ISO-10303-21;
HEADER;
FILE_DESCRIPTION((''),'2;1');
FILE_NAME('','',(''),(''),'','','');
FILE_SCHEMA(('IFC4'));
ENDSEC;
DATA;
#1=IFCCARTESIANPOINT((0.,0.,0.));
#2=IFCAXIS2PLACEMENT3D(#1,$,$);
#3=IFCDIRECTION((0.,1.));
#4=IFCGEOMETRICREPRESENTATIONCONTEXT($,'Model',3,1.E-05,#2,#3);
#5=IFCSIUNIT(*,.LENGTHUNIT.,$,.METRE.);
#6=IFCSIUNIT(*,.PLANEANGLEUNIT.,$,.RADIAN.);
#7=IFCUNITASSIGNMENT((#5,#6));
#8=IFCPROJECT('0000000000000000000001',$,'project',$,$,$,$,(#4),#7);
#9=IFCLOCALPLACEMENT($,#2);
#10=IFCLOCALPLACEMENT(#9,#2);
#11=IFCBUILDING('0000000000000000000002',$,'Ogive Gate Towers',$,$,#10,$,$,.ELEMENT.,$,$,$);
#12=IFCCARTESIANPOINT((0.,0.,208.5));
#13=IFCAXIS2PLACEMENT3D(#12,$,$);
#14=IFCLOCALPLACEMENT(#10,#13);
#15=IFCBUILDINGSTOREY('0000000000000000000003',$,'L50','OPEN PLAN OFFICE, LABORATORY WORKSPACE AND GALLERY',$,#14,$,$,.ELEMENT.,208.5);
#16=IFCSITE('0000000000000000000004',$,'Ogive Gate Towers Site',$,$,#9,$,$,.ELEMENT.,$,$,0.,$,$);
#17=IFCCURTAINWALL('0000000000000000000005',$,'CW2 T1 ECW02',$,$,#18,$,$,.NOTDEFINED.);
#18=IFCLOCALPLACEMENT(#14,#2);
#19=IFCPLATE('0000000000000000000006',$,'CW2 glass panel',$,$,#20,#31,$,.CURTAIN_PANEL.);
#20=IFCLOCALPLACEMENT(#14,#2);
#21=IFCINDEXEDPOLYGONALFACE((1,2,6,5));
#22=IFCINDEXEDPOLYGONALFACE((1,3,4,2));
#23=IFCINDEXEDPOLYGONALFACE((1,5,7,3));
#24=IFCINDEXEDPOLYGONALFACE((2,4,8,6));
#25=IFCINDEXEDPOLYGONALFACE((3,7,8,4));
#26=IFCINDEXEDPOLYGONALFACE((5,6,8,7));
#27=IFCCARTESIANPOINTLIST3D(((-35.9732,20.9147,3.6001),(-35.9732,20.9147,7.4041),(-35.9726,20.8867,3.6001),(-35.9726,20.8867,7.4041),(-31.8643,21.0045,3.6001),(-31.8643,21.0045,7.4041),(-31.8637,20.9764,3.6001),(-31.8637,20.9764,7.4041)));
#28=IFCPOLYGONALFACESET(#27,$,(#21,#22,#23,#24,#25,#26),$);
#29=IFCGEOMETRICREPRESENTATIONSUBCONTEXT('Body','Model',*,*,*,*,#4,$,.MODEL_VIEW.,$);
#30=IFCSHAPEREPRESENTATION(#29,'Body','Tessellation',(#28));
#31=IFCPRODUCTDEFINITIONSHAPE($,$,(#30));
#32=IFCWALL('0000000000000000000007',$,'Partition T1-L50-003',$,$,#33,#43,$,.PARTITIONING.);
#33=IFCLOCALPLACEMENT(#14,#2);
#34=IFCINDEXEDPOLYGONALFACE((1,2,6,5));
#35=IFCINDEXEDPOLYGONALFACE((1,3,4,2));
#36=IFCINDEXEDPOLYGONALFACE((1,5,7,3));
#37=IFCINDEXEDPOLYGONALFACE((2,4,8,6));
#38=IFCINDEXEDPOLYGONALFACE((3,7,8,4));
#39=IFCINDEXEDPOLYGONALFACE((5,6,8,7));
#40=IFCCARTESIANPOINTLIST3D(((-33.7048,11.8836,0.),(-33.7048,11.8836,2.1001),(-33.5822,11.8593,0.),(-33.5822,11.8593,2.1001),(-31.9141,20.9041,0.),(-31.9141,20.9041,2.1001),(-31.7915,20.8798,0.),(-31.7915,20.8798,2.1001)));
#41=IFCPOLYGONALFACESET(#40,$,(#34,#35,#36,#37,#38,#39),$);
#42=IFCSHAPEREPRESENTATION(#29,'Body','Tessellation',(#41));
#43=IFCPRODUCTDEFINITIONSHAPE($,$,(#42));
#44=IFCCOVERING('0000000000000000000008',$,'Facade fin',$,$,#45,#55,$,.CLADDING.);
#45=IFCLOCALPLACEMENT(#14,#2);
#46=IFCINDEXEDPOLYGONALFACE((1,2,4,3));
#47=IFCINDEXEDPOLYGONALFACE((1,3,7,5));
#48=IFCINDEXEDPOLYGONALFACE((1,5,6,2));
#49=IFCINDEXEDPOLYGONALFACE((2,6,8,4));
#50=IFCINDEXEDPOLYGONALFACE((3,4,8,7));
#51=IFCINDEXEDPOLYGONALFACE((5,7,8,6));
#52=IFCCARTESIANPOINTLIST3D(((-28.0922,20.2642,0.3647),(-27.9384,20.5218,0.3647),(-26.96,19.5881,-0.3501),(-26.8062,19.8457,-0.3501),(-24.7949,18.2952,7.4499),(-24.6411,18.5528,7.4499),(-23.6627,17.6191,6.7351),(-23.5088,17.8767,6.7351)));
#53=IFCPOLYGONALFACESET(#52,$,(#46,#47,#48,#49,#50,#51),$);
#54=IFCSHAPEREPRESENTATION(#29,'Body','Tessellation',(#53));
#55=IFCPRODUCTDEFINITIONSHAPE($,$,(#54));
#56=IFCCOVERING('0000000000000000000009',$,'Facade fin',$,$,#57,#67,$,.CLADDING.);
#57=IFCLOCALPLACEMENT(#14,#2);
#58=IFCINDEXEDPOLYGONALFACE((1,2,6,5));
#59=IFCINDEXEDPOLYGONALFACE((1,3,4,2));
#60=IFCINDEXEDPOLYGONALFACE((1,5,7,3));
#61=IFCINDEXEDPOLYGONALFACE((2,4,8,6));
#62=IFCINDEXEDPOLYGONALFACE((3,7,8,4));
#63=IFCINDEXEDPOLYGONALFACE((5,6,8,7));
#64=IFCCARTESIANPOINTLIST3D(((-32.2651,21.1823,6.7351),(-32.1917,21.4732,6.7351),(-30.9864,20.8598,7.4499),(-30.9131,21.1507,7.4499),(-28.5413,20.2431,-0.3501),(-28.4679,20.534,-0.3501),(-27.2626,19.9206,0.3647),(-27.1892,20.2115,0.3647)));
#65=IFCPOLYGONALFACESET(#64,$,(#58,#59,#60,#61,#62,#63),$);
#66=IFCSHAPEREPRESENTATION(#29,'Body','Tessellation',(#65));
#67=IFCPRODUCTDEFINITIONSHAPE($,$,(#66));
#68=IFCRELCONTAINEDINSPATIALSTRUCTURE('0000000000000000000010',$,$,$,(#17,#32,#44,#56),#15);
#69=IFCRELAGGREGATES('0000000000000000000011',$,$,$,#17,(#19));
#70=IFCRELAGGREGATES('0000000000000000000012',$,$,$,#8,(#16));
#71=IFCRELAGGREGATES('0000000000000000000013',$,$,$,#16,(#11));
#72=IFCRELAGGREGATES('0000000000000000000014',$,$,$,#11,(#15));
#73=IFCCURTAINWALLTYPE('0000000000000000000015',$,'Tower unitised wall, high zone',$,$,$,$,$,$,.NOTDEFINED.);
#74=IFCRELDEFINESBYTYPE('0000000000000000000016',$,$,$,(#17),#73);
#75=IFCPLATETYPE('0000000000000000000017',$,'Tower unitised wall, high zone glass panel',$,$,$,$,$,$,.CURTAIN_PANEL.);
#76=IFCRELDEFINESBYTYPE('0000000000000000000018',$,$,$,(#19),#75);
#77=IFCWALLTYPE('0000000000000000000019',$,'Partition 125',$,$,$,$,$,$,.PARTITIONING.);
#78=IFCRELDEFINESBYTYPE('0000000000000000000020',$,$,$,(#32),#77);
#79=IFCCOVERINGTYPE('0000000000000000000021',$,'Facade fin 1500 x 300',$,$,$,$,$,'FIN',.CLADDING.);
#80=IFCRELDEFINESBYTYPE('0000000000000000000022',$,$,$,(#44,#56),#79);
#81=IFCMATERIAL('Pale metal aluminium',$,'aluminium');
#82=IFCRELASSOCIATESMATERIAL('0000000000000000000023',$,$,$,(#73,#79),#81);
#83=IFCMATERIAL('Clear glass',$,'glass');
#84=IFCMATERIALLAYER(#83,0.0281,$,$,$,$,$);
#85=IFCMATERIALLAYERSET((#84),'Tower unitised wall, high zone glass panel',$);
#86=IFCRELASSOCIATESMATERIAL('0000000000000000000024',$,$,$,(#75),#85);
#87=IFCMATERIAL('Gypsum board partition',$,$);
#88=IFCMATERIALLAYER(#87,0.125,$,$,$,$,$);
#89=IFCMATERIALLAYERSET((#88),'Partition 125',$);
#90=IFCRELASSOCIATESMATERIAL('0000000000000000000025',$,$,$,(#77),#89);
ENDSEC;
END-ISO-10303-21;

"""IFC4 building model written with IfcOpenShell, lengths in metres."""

from ifc_helpers import new_model, si_unit, direction, frame, frame_2d, origin, origin_2d, place, context, subcontext, project, spatial, rectangle, extrude, material, layer, layer_set, material_profile, profile_set, type_object, element, aggregate, save


model = new_model("IFC4")

# Units and contexts
model_context = context("Model", 3, precision=1e-05, world=origin(), true_north=direction((0.0, 1.0)))
body_context = subcontext(model_context, "Body", "Model", "MODEL_VIEW")
ifc_project = project(units=[si_unit("LENGTHUNIT", "METRE"), si_unit("PLANEANGLEUNIT", "RADIAN")], contexts=[model_context])

# Site, building, storey
site_placement = place(None, origin())
site = spatial("IfcSite", under=ifc_project, at=site_placement, Name="Ogive Gate Towers Site", CompositionType="ELEMENT", RefElevation=0.0)
building_placement = place(site_placement, origin())
building = spatial("IfcBuilding", under=site, at=building_placement, Name="Ogive Gate Towers", CompositionType="ELEMENT")
storey_placement = place(building_placement, frame((0.0, 0.0, 208.5)))
storey = spatial("IfcBuildingStorey", under=building, at=storey_placement, Name="L50", Description="OPEN PLAN OFFICE, LABORATORY WORKSPACE AND GALLERY", CompositionType="ELEMENT", Elevation=208.5)

# Curtain wall, plate
ifc_material_1 = material(Name="Pale metal aluminium", Category="aluminium")
curtain_wall_type = type_object("IfcCurtainWallType", Name="Tower unitised wall, high zone", PredefinedType="NOTDEFINED", material=ifc_material_1)
curtain_wall_placement = place(storey_placement, origin())
curtain_wall = element("IfcCurtainWall", 1, at=curtain_wall_placement, inside=storey, type_object=curtain_wall_type, Name="CW2 T1 ECW02", PredefinedType="NOTDEFINED")
ifc_material_2 = material(Name="Clear glass", Category="glass")
ifc_layer_1 = layer(ifc_material_2, 0.0281)
ifc_layer_set_1 = layer_set([ifc_layer_1], Name="Tower unitised wall, high zone glass panel")
plate_type = type_object("IfcPlateType", Name="Tower unitised wall, high zone glass panel", PredefinedType="CURTAIN_PANEL", material=ifc_layer_set_1)
plate_1_placement = place(storey_placement, frame((-33.9185, 20.9456, 3.6001), z_axis=(0.0, 0.0, 1.0), x_axis=(-0.999762, -0.021832, 0.0)))
plate_1 = element("IfcPlate", 2, at=plate_1_placement, type_object=plate_type, Name="CW2 glass panel", PredefinedType="CURTAIN_PANEL", context=body_context, shape_type="SweptSolid", body=[
    extrude(rectangle(XDim=4.1099, YDim=0.0281, at=origin_2d()), origin(), (0.0, 0.0, 1.0), 3.804),
])
aggregate(curtain_wall, [plate_1])

# Wall
ifc_material_3 = material(Name="Gypsum board partition")
ifc_layer_2 = layer(ifc_material_3, 0.125)
ifc_layer_set_2 = layer_set([ifc_layer_2], Name="Partition 125")
wall_type = type_object("IfcWallType", Name="Partition 125", PredefinedType="PARTITIONING", material=ifc_layer_set_2)
wall_placement = place(storey_placement, frame((-31.8528, 20.8918, 0.0), z_axis=(0.0, 0.0, 1.0), x_axis=(-0.194722, -0.980858, 0.0)))
element("IfcWall", 3, at=wall_placement, inside=storey, type_object=wall_type, Name="Partition T1-L50-003", PredefinedType="PARTITIONING", context=body_context, shape_type="SweptSolid", body=[
    extrude(rectangle(XDim=9.1965, YDim=0.125, at=frame_2d((4.5981, 0.0))), origin(), (0.0, 0.0, 1.0), 2.1001),
])

# Coverings
ifc_material_profile_1 = material_profile(ifc_material_1, rectangle(XDim=0.3, YDim=1.5, at=origin_2d()), Name="1500 x 300 pale metal aluminium")
ifc_profile_set_1 = profile_set([ifc_material_profile_1], Name="Pale metal aluminium")
covering_type = type_object("IfcCoveringType", Name="Facade fin 1500 x 300", ElementType="FIN", PredefinedType="CLADDING", material=ifc_profile_set_1)
for number, where, z_axis, x_axis, name in (
    (4, (-27.4492, 20.0549, 0.0073), (0.409146, -0.244318, 0.879152), (0.51269, 0.858574, 0.0), "Facade fin"),
    (5, (-27.8652, 20.2273, 0.0073), (-0.46207, 0.11654, 0.879153), (-0.244554, -0.969636, 0.0), "Facade fin"),
):
    element("IfcCovering", number, at=place(storey_placement, frame(where, z_axis=z_axis, x_axis=x_axis)), inside=storey, type_object=covering_type, Name=name, PredefinedType="CLADDING", context=body_context, shape_type="SweptSolid", body=[
        extrude(rectangle(XDim=0.3, YDim=1.5, at=origin_2d()), origin(), (0.0, 0.0, 1.0), 8.0591),
    ])

save(model, "model.ifc")
